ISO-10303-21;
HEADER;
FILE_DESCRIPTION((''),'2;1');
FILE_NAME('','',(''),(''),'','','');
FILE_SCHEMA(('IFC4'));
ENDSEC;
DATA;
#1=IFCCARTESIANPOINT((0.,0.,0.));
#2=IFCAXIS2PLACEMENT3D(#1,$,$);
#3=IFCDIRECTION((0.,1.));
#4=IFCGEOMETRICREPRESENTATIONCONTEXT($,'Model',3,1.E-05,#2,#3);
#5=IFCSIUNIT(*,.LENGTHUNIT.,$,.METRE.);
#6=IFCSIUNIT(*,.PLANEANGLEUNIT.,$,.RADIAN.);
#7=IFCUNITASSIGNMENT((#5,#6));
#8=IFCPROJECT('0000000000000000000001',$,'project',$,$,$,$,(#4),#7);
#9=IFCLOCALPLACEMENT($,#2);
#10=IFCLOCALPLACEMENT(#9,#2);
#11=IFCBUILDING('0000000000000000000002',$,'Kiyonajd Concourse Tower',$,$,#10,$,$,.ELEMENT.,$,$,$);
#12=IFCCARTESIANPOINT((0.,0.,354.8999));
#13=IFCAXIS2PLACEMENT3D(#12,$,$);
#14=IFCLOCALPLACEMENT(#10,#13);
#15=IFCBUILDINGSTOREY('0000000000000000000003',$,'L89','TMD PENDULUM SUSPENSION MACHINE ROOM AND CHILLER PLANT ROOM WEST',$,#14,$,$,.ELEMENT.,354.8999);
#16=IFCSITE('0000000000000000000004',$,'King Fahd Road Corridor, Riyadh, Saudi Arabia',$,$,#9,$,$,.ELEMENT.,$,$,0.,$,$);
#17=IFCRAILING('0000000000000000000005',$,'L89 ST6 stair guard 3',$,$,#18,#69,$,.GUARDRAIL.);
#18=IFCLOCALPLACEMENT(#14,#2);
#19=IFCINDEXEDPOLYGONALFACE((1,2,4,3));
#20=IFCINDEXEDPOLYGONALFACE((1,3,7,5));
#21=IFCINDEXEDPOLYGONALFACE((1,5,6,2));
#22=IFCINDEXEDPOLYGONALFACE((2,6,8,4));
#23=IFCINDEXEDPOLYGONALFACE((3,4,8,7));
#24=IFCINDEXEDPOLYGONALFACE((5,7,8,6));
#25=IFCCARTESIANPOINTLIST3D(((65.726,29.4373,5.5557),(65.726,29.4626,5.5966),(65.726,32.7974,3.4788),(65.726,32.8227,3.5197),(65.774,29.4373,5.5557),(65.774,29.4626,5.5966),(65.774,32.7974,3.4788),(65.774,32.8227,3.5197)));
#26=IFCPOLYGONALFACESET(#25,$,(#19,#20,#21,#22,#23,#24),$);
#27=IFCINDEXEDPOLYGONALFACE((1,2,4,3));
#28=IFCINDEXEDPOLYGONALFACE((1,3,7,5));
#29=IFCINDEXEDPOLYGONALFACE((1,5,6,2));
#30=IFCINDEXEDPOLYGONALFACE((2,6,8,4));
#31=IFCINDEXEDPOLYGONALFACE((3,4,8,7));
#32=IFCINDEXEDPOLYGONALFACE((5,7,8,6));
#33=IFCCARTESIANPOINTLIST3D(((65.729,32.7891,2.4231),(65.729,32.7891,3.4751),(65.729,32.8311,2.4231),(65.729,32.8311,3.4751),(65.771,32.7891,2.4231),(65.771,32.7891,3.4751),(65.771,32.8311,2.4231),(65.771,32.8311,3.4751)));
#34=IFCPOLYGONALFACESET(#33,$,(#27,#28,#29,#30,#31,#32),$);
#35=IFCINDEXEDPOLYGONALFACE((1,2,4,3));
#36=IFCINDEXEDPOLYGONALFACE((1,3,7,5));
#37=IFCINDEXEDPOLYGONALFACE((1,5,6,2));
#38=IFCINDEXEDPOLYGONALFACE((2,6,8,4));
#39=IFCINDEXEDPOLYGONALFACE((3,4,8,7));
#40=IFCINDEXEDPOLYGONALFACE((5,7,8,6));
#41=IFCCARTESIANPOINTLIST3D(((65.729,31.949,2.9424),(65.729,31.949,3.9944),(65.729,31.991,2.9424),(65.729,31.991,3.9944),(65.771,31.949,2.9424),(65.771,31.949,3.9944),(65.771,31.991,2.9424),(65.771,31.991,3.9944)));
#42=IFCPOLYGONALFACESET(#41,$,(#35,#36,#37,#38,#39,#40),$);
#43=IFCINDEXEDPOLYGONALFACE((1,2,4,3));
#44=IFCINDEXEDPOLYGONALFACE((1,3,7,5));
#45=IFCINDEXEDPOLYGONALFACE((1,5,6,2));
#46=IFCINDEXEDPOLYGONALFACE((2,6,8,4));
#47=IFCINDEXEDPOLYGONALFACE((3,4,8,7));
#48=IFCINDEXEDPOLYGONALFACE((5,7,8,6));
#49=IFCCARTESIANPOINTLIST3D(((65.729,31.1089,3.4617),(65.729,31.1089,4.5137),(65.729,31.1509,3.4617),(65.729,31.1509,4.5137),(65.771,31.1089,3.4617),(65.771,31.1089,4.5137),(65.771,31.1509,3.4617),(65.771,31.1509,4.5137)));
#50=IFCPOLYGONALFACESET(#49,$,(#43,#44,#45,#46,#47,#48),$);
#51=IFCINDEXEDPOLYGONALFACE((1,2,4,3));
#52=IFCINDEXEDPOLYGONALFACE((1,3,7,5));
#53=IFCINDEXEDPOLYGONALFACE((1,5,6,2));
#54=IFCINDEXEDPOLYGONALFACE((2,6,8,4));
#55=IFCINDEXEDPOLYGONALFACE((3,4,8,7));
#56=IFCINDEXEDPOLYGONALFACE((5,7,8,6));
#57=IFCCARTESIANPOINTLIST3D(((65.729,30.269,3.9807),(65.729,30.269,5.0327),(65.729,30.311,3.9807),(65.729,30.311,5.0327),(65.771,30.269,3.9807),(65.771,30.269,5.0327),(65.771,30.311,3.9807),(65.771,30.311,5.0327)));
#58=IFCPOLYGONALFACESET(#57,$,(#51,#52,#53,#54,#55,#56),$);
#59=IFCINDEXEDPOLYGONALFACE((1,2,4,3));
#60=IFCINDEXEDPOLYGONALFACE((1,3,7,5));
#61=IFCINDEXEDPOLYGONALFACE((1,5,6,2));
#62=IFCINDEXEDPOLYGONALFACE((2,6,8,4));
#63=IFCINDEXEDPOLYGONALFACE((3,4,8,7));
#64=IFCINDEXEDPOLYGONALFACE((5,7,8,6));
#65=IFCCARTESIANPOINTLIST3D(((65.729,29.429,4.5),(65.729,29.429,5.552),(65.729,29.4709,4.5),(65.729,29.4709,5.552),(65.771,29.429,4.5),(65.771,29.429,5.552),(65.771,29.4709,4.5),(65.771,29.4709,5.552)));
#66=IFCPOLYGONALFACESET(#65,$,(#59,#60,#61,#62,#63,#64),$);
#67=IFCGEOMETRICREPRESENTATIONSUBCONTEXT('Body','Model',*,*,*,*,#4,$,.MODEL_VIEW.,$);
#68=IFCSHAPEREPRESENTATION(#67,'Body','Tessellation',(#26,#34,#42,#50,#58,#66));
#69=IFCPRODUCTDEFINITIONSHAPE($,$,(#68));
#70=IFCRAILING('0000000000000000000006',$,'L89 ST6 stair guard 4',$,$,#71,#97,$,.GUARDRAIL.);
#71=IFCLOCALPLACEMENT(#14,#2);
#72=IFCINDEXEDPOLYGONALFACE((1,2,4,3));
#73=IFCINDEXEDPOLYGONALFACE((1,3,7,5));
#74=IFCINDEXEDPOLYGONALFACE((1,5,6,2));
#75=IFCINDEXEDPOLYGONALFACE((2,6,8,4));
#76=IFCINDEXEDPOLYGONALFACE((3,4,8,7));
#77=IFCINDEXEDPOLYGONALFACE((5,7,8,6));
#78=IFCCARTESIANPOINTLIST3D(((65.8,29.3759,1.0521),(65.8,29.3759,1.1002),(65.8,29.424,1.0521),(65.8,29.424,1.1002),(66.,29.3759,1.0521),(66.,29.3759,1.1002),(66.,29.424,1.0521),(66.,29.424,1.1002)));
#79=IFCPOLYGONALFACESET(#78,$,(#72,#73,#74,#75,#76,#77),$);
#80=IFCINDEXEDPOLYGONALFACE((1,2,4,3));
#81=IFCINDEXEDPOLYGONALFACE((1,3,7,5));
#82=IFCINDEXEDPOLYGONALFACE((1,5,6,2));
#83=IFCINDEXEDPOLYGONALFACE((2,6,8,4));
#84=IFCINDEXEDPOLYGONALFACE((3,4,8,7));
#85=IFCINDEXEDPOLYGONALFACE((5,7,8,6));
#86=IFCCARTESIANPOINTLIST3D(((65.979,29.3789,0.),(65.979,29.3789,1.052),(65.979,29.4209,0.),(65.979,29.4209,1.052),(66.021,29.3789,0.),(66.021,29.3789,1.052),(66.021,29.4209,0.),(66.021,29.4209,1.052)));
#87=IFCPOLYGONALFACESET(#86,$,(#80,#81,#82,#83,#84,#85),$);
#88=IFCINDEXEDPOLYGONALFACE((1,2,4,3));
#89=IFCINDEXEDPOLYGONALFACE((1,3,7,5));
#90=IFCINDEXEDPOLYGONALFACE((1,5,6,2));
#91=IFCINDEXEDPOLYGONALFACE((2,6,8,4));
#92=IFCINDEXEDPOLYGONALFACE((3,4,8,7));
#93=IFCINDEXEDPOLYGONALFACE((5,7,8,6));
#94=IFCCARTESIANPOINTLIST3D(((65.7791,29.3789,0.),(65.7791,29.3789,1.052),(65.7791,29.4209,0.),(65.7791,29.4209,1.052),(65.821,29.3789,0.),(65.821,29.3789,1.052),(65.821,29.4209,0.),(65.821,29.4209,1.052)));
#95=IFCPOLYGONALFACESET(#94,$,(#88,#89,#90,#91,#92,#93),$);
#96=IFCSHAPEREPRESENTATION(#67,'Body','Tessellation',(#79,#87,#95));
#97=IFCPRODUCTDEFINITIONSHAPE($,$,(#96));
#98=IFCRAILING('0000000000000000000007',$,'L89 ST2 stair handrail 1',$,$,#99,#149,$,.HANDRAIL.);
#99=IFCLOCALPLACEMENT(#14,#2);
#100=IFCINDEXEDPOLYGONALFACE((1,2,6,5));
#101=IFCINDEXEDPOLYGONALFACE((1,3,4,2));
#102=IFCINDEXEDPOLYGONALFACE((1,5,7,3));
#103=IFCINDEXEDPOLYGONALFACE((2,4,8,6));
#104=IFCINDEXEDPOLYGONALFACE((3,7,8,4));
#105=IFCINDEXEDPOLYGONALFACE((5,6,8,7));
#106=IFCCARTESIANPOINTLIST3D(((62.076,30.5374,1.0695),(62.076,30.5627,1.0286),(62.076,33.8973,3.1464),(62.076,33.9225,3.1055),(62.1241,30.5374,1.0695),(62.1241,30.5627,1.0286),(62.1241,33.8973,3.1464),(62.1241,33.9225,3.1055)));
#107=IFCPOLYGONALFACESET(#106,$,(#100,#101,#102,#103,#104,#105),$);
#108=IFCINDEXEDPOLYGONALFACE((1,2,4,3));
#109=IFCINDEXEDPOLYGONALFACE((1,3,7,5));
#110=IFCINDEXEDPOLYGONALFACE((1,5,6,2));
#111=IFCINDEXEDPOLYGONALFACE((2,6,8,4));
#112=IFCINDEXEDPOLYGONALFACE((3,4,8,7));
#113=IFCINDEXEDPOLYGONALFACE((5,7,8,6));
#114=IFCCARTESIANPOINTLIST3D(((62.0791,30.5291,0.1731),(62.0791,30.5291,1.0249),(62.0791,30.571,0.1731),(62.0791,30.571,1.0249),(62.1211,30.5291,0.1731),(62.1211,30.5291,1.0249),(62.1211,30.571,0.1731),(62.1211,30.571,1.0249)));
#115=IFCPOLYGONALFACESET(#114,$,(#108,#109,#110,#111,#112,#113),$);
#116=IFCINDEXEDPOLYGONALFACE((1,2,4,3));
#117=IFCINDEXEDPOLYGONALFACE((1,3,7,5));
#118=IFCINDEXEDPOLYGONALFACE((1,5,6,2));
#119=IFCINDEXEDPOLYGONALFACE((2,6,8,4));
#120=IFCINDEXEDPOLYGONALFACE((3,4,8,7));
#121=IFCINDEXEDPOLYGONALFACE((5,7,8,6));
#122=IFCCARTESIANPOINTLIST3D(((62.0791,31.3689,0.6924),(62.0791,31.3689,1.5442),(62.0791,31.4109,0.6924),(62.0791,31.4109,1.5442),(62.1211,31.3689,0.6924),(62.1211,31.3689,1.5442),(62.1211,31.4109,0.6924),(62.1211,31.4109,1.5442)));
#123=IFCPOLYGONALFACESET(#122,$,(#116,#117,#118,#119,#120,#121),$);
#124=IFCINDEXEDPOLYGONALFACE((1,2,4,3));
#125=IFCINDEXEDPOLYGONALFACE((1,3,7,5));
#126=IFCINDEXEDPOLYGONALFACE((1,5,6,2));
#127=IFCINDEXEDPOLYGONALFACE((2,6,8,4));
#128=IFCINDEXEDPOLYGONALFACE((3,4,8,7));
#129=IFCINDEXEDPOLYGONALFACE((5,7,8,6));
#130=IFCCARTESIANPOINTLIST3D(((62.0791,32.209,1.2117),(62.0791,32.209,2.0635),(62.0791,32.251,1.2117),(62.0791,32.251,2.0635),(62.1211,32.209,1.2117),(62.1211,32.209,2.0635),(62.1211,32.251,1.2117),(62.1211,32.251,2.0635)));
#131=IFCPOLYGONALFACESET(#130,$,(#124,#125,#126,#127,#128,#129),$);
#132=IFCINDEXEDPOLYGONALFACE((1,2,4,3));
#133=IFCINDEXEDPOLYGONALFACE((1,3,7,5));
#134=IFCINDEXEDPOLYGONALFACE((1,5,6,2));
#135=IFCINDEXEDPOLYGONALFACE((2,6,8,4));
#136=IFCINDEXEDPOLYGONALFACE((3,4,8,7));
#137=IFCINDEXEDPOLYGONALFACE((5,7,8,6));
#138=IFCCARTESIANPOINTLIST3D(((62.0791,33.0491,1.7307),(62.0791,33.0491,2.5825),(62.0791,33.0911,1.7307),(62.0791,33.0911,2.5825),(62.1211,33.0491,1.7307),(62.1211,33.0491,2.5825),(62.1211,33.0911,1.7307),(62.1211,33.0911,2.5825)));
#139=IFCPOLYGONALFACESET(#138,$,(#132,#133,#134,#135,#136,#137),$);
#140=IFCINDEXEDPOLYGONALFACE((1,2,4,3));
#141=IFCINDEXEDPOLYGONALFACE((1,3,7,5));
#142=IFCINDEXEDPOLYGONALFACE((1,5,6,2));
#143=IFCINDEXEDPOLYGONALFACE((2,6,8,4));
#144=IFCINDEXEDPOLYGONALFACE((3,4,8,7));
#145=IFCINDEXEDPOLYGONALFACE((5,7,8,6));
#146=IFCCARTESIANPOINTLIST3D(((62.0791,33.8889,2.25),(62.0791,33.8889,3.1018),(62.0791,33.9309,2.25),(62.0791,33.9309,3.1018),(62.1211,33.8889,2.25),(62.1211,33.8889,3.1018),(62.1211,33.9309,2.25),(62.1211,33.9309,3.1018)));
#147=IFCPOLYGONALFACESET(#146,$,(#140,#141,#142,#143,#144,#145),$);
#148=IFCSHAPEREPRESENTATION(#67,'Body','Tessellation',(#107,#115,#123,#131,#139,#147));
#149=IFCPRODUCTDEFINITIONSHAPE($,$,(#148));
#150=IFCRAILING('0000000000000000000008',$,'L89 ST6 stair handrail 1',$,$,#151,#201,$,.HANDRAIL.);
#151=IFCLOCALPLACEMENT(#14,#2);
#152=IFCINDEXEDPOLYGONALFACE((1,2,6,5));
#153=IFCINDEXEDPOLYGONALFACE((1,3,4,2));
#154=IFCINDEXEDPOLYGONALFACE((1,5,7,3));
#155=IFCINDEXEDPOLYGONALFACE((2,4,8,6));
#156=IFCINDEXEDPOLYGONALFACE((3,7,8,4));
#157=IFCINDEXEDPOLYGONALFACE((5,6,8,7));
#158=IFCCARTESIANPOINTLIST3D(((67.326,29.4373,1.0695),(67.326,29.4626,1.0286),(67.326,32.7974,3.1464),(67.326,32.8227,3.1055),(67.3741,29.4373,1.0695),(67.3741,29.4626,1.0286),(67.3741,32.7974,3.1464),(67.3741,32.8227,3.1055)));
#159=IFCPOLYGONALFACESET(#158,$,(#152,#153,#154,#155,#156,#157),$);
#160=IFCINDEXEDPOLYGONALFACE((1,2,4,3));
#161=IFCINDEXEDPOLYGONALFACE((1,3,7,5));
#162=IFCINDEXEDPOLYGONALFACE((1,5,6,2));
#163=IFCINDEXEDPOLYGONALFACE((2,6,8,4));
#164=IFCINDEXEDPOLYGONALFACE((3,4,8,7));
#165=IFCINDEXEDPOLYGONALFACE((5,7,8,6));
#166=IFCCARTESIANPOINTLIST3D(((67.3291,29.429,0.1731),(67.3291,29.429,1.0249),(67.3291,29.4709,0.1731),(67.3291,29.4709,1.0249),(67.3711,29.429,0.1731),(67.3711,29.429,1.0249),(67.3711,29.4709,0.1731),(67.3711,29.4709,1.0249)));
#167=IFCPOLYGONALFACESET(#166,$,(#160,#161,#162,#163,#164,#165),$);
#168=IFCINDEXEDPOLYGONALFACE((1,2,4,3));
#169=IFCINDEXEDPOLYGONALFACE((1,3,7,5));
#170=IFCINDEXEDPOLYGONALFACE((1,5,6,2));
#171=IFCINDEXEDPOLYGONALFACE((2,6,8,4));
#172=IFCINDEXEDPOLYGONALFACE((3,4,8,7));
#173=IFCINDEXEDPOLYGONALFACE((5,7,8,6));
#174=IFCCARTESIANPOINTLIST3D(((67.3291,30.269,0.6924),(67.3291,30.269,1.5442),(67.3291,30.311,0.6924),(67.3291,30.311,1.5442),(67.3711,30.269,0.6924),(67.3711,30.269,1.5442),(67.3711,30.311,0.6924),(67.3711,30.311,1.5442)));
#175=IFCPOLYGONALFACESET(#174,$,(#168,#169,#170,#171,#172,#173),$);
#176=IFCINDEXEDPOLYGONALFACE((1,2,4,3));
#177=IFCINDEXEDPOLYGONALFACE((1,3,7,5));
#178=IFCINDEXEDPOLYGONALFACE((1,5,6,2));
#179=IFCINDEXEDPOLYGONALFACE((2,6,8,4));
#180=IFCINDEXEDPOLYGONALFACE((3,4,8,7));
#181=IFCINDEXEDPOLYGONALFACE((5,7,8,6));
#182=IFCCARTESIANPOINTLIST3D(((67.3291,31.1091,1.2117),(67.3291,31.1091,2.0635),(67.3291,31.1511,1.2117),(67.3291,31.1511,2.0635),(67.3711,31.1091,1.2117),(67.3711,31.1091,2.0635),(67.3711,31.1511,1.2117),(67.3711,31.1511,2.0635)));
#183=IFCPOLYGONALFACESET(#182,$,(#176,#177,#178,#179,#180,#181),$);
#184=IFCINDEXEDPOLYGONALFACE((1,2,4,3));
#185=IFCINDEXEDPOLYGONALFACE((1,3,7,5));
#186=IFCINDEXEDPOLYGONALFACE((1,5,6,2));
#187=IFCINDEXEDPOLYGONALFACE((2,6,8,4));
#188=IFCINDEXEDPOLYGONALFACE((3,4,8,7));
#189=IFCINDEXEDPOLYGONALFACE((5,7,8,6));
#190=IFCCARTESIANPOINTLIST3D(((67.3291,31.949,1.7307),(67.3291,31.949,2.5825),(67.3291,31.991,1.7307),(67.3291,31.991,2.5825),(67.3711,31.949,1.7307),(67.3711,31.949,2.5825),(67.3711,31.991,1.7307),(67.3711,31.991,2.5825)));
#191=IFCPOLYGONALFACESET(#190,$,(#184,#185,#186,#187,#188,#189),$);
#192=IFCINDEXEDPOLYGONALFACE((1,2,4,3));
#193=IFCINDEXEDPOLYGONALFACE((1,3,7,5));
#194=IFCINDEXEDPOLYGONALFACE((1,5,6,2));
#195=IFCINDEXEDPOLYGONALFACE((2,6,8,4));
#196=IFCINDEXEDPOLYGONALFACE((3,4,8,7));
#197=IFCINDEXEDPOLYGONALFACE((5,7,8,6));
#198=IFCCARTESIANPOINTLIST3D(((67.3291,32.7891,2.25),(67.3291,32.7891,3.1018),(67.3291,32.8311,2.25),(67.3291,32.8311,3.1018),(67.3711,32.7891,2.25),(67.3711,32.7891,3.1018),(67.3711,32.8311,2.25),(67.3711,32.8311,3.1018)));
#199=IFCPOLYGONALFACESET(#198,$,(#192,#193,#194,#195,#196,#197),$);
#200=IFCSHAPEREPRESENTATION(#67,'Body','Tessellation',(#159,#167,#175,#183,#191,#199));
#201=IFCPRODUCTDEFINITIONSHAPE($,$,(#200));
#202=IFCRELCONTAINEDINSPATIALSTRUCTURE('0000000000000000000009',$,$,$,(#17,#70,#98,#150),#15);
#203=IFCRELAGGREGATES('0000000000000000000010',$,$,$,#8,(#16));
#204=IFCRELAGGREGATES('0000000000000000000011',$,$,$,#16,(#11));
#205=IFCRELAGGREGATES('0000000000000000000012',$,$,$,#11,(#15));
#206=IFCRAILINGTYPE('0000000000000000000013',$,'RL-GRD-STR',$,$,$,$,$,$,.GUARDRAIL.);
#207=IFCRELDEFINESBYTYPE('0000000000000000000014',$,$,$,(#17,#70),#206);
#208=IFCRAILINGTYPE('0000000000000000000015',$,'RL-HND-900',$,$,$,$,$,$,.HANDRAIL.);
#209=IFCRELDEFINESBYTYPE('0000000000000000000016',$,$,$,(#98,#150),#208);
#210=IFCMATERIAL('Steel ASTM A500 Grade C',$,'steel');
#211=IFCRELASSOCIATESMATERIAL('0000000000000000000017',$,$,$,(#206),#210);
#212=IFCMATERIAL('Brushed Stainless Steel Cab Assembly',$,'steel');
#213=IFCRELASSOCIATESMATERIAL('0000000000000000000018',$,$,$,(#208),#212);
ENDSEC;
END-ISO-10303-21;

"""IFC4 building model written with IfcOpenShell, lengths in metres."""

from ifc_helpers import new_model, si_unit, direction, frame, origin, origin_2d, place, context, subcontext, project, spatial, rectangle, extrude, material, type_object, element, save


model = new_model("IFC4")

# Units and contexts
model_context = context("Model", 3, precision=1e-05, world=origin(), true_north=direction((0.0, 1.0)))
body_context = subcontext(model_context, "Body", "Model", "MODEL_VIEW")
ifc_project = project(units=[si_unit("LENGTHUNIT", "METRE"), si_unit("PLANEANGLEUNIT", "RADIAN")], contexts=[model_context])

# Site, building, storey
site_placement = place(None, origin())
site = spatial("IfcSite", under=ifc_project, at=site_placement, Name="King Fahd Road Corridor, Riyadh, Saudi Arabia", CompositionType="ELEMENT", RefElevation=0.0)
building_placement = place(site_placement, origin())
building = spatial("IfcBuilding", under=site, at=building_placement, Name="Kiyonajd Concourse Tower", CompositionType="ELEMENT")
storey_placement = place(building_placement, frame((0.0, 0.0, 354.8999)))
storey = spatial("IfcBuildingStorey", under=building, at=storey_placement, Name="L89", Description="TMD PENDULUM SUSPENSION MACHINE ROOM AND CHILLER PLANT ROOM WEST", CompositionType="ELEMENT", Elevation=354.8999)

# Shared definitions
ifc_material_1 = material(Name="Steel ASTM A500 Grade C", Category="steel")

# Shared definitions
ifc_material_2 = material(Name="Brushed Stainless Steel Cab Assembly", Category="steel")

# Railings
railing_type_1 = type_object("IfcRailingType", Name="RL-GRD-STR", PredefinedType="GUARDRAIL", material=ifc_material_1)
railing_1_placement = place(storey_placement, frame((65.75, 32.8101, 2.4231)))
element("IfcRailing", 1, at=railing_1_placement, inside=storey, type_object=railing_type_1, Name="L89 ST6 stair guard 3", PredefinedType="GUARDRAIL", context=body_context, shape_type="SweptSolid", body=[
    extrude(rectangle(XDim=0.0481, YDim=0.0481, at=origin_2d()), frame((0.0, 0.0, 1.0762), z_axis=(0.0, -0.850623, 0.525776), x_axis=(1.0, 0.0, 0.0)), (0.0, 0.0, 1.0), 3.9502),
    extrude(rectangle(XDim=0.042, YDim=0.042, at=origin_2d()), origin(), (0.0, 0.0, 1.0), 1.052),
    extrude(rectangle(XDim=0.042, YDim=0.042, at=origin_2d()), frame((0.0, -0.8401, 0.5193)), (0.0, 0.0, 1.0), 1.052),
    extrude(rectangle(XDim=0.042, YDim=0.042, at=origin_2d()), frame((0.0, -1.6802, 1.0386)), (0.0, 0.0, 1.0), 1.052),
    extrude(rectangle(XDim=0.042, YDim=0.042, at=origin_2d()), frame((0.0, -2.52, 1.5576)), (0.0, 0.0, 1.0), 1.052),
    extrude(rectangle(XDim=0.042, YDim=0.042, at=origin_2d()), frame((0.0, -3.3601, 2.0769)), (0.0, 0.0, 1.0), 1.052),
])
railing_2_placement = place(storey_placement, frame((66.0, 29.3999, 0.0)))
element("IfcRailing", 2, at=railing_2_placement, inside=storey, type_object=railing_type_1, Name="L89 ST6 stair guard 4", PredefinedType="GUARDRAIL", context=body_context, shape_type="SweptSolid", body=[
    extrude(rectangle(XDim=0.0481, YDim=0.0481, at=origin_2d()), frame((0.0, 0.0, 1.0762), z_axis=(-1.0, 0.0, 0.0), x_axis=(0.0, -1.0, 0.0)), (0.0, 0.0, 1.0), 0.2),
    extrude(rectangle(XDim=0.042, YDim=0.042, at=origin_2d()), origin(), (0.0, 0.0, 1.0), 1.052),
    extrude(rectangle(XDim=0.042, YDim=0.042, at=origin_2d()), frame((-0.2, 0.0, 0.0)), (0.0, 0.0, 1.0), 1.052),
])
railing_type_2 = type_object("IfcRailingType", Name="RL-HND-900", PredefinedType="HANDRAIL", material=ifc_material_2)
railing_3_placement = place(storey_placement, frame((62.1001, 30.55, 0.1731)))
element("IfcRailing", 3, at=railing_3_placement, inside=storey, type_object=railing_type_2, Name="L89 ST2 stair handrail 1", PredefinedType="HANDRAIL", context=body_context, shape_type="SweptSolid", body=[
    extrude(rectangle(XDim=0.0481, YDim=0.0481, at=origin_2d()), frame((0.0, 0.0, 0.876), z_axis=(0.0, 0.850606, 0.525803), x_axis=(-1.0, 0.0, 0.0)), (0.0, 0.0, 1.0), 3.95),
    extrude(rectangle(XDim=0.042, YDim=0.042, at=origin_2d()), origin(), (0.0, 0.0, 1.0), 0.8518),
    extrude(rectangle(XDim=0.042, YDim=0.042, at=origin_2d()), frame((0.0, 0.8398, 0.5193)), (0.0, 0.0, 1.0), 0.8518),
    extrude(rectangle(XDim=0.042, YDim=0.042, at=origin_2d()), frame((0.0, 1.6799, 1.0386)), (0.0, 0.0, 1.0), 0.8518),
    extrude(rectangle(XDim=0.042, YDim=0.042, at=origin_2d()), frame((0.0, 2.52, 1.5576)), (0.0, 0.0, 1.0), 0.8518),
    extrude(rectangle(XDim=0.042, YDim=0.042, at=origin_2d()), frame((0.0, 3.3599, 2.0769)), (0.0, 0.0, 1.0), 0.8518),
])
railing_4_placement = place(storey_placement, frame((67.3501, 29.45, 0.1731)))
element("IfcRailing", 4, at=railing_4_placement, inside=storey, type_object=railing_type_2, Name="L89 ST6 stair handrail 1", PredefinedType="HANDRAIL", context=body_context, shape_type="SweptSolid", body=[
    extrude(rectangle(XDim=0.0481, YDim=0.0481, at=origin_2d()), frame((0.0, 0.0, 0.876), z_axis=(0.0, 0.850623, 0.525776), x_axis=(-1.0, 0.0, 0.0)), (0.0, 0.0, 1.0), 3.9502),
    extrude(rectangle(XDim=0.042, YDim=0.042, at=origin_2d()), origin(), (0.0, 0.0, 1.0), 0.8518),
    extrude(rectangle(XDim=0.042, YDim=0.042, at=origin_2d()), frame((0.0, 0.8401, 0.5193)), (0.0, 0.0, 1.0), 0.8518),
    extrude(rectangle(XDim=0.042, YDim=0.042, at=origin_2d()), frame((0.0, 1.6802, 1.0386)), (0.0, 0.0, 1.0), 0.8518),
    extrude(rectangle(XDim=0.042, YDim=0.042, at=origin_2d()), frame((0.0, 2.52, 1.5576)), (0.0, 0.0, 1.0), 0.8518),
    extrude(rectangle(XDim=0.042, YDim=0.042, at=origin_2d()), frame((0.0, 3.3601, 2.0769)), (0.0, 0.0, 1.0), 0.8518),
])

save(model, "model.ifc")
